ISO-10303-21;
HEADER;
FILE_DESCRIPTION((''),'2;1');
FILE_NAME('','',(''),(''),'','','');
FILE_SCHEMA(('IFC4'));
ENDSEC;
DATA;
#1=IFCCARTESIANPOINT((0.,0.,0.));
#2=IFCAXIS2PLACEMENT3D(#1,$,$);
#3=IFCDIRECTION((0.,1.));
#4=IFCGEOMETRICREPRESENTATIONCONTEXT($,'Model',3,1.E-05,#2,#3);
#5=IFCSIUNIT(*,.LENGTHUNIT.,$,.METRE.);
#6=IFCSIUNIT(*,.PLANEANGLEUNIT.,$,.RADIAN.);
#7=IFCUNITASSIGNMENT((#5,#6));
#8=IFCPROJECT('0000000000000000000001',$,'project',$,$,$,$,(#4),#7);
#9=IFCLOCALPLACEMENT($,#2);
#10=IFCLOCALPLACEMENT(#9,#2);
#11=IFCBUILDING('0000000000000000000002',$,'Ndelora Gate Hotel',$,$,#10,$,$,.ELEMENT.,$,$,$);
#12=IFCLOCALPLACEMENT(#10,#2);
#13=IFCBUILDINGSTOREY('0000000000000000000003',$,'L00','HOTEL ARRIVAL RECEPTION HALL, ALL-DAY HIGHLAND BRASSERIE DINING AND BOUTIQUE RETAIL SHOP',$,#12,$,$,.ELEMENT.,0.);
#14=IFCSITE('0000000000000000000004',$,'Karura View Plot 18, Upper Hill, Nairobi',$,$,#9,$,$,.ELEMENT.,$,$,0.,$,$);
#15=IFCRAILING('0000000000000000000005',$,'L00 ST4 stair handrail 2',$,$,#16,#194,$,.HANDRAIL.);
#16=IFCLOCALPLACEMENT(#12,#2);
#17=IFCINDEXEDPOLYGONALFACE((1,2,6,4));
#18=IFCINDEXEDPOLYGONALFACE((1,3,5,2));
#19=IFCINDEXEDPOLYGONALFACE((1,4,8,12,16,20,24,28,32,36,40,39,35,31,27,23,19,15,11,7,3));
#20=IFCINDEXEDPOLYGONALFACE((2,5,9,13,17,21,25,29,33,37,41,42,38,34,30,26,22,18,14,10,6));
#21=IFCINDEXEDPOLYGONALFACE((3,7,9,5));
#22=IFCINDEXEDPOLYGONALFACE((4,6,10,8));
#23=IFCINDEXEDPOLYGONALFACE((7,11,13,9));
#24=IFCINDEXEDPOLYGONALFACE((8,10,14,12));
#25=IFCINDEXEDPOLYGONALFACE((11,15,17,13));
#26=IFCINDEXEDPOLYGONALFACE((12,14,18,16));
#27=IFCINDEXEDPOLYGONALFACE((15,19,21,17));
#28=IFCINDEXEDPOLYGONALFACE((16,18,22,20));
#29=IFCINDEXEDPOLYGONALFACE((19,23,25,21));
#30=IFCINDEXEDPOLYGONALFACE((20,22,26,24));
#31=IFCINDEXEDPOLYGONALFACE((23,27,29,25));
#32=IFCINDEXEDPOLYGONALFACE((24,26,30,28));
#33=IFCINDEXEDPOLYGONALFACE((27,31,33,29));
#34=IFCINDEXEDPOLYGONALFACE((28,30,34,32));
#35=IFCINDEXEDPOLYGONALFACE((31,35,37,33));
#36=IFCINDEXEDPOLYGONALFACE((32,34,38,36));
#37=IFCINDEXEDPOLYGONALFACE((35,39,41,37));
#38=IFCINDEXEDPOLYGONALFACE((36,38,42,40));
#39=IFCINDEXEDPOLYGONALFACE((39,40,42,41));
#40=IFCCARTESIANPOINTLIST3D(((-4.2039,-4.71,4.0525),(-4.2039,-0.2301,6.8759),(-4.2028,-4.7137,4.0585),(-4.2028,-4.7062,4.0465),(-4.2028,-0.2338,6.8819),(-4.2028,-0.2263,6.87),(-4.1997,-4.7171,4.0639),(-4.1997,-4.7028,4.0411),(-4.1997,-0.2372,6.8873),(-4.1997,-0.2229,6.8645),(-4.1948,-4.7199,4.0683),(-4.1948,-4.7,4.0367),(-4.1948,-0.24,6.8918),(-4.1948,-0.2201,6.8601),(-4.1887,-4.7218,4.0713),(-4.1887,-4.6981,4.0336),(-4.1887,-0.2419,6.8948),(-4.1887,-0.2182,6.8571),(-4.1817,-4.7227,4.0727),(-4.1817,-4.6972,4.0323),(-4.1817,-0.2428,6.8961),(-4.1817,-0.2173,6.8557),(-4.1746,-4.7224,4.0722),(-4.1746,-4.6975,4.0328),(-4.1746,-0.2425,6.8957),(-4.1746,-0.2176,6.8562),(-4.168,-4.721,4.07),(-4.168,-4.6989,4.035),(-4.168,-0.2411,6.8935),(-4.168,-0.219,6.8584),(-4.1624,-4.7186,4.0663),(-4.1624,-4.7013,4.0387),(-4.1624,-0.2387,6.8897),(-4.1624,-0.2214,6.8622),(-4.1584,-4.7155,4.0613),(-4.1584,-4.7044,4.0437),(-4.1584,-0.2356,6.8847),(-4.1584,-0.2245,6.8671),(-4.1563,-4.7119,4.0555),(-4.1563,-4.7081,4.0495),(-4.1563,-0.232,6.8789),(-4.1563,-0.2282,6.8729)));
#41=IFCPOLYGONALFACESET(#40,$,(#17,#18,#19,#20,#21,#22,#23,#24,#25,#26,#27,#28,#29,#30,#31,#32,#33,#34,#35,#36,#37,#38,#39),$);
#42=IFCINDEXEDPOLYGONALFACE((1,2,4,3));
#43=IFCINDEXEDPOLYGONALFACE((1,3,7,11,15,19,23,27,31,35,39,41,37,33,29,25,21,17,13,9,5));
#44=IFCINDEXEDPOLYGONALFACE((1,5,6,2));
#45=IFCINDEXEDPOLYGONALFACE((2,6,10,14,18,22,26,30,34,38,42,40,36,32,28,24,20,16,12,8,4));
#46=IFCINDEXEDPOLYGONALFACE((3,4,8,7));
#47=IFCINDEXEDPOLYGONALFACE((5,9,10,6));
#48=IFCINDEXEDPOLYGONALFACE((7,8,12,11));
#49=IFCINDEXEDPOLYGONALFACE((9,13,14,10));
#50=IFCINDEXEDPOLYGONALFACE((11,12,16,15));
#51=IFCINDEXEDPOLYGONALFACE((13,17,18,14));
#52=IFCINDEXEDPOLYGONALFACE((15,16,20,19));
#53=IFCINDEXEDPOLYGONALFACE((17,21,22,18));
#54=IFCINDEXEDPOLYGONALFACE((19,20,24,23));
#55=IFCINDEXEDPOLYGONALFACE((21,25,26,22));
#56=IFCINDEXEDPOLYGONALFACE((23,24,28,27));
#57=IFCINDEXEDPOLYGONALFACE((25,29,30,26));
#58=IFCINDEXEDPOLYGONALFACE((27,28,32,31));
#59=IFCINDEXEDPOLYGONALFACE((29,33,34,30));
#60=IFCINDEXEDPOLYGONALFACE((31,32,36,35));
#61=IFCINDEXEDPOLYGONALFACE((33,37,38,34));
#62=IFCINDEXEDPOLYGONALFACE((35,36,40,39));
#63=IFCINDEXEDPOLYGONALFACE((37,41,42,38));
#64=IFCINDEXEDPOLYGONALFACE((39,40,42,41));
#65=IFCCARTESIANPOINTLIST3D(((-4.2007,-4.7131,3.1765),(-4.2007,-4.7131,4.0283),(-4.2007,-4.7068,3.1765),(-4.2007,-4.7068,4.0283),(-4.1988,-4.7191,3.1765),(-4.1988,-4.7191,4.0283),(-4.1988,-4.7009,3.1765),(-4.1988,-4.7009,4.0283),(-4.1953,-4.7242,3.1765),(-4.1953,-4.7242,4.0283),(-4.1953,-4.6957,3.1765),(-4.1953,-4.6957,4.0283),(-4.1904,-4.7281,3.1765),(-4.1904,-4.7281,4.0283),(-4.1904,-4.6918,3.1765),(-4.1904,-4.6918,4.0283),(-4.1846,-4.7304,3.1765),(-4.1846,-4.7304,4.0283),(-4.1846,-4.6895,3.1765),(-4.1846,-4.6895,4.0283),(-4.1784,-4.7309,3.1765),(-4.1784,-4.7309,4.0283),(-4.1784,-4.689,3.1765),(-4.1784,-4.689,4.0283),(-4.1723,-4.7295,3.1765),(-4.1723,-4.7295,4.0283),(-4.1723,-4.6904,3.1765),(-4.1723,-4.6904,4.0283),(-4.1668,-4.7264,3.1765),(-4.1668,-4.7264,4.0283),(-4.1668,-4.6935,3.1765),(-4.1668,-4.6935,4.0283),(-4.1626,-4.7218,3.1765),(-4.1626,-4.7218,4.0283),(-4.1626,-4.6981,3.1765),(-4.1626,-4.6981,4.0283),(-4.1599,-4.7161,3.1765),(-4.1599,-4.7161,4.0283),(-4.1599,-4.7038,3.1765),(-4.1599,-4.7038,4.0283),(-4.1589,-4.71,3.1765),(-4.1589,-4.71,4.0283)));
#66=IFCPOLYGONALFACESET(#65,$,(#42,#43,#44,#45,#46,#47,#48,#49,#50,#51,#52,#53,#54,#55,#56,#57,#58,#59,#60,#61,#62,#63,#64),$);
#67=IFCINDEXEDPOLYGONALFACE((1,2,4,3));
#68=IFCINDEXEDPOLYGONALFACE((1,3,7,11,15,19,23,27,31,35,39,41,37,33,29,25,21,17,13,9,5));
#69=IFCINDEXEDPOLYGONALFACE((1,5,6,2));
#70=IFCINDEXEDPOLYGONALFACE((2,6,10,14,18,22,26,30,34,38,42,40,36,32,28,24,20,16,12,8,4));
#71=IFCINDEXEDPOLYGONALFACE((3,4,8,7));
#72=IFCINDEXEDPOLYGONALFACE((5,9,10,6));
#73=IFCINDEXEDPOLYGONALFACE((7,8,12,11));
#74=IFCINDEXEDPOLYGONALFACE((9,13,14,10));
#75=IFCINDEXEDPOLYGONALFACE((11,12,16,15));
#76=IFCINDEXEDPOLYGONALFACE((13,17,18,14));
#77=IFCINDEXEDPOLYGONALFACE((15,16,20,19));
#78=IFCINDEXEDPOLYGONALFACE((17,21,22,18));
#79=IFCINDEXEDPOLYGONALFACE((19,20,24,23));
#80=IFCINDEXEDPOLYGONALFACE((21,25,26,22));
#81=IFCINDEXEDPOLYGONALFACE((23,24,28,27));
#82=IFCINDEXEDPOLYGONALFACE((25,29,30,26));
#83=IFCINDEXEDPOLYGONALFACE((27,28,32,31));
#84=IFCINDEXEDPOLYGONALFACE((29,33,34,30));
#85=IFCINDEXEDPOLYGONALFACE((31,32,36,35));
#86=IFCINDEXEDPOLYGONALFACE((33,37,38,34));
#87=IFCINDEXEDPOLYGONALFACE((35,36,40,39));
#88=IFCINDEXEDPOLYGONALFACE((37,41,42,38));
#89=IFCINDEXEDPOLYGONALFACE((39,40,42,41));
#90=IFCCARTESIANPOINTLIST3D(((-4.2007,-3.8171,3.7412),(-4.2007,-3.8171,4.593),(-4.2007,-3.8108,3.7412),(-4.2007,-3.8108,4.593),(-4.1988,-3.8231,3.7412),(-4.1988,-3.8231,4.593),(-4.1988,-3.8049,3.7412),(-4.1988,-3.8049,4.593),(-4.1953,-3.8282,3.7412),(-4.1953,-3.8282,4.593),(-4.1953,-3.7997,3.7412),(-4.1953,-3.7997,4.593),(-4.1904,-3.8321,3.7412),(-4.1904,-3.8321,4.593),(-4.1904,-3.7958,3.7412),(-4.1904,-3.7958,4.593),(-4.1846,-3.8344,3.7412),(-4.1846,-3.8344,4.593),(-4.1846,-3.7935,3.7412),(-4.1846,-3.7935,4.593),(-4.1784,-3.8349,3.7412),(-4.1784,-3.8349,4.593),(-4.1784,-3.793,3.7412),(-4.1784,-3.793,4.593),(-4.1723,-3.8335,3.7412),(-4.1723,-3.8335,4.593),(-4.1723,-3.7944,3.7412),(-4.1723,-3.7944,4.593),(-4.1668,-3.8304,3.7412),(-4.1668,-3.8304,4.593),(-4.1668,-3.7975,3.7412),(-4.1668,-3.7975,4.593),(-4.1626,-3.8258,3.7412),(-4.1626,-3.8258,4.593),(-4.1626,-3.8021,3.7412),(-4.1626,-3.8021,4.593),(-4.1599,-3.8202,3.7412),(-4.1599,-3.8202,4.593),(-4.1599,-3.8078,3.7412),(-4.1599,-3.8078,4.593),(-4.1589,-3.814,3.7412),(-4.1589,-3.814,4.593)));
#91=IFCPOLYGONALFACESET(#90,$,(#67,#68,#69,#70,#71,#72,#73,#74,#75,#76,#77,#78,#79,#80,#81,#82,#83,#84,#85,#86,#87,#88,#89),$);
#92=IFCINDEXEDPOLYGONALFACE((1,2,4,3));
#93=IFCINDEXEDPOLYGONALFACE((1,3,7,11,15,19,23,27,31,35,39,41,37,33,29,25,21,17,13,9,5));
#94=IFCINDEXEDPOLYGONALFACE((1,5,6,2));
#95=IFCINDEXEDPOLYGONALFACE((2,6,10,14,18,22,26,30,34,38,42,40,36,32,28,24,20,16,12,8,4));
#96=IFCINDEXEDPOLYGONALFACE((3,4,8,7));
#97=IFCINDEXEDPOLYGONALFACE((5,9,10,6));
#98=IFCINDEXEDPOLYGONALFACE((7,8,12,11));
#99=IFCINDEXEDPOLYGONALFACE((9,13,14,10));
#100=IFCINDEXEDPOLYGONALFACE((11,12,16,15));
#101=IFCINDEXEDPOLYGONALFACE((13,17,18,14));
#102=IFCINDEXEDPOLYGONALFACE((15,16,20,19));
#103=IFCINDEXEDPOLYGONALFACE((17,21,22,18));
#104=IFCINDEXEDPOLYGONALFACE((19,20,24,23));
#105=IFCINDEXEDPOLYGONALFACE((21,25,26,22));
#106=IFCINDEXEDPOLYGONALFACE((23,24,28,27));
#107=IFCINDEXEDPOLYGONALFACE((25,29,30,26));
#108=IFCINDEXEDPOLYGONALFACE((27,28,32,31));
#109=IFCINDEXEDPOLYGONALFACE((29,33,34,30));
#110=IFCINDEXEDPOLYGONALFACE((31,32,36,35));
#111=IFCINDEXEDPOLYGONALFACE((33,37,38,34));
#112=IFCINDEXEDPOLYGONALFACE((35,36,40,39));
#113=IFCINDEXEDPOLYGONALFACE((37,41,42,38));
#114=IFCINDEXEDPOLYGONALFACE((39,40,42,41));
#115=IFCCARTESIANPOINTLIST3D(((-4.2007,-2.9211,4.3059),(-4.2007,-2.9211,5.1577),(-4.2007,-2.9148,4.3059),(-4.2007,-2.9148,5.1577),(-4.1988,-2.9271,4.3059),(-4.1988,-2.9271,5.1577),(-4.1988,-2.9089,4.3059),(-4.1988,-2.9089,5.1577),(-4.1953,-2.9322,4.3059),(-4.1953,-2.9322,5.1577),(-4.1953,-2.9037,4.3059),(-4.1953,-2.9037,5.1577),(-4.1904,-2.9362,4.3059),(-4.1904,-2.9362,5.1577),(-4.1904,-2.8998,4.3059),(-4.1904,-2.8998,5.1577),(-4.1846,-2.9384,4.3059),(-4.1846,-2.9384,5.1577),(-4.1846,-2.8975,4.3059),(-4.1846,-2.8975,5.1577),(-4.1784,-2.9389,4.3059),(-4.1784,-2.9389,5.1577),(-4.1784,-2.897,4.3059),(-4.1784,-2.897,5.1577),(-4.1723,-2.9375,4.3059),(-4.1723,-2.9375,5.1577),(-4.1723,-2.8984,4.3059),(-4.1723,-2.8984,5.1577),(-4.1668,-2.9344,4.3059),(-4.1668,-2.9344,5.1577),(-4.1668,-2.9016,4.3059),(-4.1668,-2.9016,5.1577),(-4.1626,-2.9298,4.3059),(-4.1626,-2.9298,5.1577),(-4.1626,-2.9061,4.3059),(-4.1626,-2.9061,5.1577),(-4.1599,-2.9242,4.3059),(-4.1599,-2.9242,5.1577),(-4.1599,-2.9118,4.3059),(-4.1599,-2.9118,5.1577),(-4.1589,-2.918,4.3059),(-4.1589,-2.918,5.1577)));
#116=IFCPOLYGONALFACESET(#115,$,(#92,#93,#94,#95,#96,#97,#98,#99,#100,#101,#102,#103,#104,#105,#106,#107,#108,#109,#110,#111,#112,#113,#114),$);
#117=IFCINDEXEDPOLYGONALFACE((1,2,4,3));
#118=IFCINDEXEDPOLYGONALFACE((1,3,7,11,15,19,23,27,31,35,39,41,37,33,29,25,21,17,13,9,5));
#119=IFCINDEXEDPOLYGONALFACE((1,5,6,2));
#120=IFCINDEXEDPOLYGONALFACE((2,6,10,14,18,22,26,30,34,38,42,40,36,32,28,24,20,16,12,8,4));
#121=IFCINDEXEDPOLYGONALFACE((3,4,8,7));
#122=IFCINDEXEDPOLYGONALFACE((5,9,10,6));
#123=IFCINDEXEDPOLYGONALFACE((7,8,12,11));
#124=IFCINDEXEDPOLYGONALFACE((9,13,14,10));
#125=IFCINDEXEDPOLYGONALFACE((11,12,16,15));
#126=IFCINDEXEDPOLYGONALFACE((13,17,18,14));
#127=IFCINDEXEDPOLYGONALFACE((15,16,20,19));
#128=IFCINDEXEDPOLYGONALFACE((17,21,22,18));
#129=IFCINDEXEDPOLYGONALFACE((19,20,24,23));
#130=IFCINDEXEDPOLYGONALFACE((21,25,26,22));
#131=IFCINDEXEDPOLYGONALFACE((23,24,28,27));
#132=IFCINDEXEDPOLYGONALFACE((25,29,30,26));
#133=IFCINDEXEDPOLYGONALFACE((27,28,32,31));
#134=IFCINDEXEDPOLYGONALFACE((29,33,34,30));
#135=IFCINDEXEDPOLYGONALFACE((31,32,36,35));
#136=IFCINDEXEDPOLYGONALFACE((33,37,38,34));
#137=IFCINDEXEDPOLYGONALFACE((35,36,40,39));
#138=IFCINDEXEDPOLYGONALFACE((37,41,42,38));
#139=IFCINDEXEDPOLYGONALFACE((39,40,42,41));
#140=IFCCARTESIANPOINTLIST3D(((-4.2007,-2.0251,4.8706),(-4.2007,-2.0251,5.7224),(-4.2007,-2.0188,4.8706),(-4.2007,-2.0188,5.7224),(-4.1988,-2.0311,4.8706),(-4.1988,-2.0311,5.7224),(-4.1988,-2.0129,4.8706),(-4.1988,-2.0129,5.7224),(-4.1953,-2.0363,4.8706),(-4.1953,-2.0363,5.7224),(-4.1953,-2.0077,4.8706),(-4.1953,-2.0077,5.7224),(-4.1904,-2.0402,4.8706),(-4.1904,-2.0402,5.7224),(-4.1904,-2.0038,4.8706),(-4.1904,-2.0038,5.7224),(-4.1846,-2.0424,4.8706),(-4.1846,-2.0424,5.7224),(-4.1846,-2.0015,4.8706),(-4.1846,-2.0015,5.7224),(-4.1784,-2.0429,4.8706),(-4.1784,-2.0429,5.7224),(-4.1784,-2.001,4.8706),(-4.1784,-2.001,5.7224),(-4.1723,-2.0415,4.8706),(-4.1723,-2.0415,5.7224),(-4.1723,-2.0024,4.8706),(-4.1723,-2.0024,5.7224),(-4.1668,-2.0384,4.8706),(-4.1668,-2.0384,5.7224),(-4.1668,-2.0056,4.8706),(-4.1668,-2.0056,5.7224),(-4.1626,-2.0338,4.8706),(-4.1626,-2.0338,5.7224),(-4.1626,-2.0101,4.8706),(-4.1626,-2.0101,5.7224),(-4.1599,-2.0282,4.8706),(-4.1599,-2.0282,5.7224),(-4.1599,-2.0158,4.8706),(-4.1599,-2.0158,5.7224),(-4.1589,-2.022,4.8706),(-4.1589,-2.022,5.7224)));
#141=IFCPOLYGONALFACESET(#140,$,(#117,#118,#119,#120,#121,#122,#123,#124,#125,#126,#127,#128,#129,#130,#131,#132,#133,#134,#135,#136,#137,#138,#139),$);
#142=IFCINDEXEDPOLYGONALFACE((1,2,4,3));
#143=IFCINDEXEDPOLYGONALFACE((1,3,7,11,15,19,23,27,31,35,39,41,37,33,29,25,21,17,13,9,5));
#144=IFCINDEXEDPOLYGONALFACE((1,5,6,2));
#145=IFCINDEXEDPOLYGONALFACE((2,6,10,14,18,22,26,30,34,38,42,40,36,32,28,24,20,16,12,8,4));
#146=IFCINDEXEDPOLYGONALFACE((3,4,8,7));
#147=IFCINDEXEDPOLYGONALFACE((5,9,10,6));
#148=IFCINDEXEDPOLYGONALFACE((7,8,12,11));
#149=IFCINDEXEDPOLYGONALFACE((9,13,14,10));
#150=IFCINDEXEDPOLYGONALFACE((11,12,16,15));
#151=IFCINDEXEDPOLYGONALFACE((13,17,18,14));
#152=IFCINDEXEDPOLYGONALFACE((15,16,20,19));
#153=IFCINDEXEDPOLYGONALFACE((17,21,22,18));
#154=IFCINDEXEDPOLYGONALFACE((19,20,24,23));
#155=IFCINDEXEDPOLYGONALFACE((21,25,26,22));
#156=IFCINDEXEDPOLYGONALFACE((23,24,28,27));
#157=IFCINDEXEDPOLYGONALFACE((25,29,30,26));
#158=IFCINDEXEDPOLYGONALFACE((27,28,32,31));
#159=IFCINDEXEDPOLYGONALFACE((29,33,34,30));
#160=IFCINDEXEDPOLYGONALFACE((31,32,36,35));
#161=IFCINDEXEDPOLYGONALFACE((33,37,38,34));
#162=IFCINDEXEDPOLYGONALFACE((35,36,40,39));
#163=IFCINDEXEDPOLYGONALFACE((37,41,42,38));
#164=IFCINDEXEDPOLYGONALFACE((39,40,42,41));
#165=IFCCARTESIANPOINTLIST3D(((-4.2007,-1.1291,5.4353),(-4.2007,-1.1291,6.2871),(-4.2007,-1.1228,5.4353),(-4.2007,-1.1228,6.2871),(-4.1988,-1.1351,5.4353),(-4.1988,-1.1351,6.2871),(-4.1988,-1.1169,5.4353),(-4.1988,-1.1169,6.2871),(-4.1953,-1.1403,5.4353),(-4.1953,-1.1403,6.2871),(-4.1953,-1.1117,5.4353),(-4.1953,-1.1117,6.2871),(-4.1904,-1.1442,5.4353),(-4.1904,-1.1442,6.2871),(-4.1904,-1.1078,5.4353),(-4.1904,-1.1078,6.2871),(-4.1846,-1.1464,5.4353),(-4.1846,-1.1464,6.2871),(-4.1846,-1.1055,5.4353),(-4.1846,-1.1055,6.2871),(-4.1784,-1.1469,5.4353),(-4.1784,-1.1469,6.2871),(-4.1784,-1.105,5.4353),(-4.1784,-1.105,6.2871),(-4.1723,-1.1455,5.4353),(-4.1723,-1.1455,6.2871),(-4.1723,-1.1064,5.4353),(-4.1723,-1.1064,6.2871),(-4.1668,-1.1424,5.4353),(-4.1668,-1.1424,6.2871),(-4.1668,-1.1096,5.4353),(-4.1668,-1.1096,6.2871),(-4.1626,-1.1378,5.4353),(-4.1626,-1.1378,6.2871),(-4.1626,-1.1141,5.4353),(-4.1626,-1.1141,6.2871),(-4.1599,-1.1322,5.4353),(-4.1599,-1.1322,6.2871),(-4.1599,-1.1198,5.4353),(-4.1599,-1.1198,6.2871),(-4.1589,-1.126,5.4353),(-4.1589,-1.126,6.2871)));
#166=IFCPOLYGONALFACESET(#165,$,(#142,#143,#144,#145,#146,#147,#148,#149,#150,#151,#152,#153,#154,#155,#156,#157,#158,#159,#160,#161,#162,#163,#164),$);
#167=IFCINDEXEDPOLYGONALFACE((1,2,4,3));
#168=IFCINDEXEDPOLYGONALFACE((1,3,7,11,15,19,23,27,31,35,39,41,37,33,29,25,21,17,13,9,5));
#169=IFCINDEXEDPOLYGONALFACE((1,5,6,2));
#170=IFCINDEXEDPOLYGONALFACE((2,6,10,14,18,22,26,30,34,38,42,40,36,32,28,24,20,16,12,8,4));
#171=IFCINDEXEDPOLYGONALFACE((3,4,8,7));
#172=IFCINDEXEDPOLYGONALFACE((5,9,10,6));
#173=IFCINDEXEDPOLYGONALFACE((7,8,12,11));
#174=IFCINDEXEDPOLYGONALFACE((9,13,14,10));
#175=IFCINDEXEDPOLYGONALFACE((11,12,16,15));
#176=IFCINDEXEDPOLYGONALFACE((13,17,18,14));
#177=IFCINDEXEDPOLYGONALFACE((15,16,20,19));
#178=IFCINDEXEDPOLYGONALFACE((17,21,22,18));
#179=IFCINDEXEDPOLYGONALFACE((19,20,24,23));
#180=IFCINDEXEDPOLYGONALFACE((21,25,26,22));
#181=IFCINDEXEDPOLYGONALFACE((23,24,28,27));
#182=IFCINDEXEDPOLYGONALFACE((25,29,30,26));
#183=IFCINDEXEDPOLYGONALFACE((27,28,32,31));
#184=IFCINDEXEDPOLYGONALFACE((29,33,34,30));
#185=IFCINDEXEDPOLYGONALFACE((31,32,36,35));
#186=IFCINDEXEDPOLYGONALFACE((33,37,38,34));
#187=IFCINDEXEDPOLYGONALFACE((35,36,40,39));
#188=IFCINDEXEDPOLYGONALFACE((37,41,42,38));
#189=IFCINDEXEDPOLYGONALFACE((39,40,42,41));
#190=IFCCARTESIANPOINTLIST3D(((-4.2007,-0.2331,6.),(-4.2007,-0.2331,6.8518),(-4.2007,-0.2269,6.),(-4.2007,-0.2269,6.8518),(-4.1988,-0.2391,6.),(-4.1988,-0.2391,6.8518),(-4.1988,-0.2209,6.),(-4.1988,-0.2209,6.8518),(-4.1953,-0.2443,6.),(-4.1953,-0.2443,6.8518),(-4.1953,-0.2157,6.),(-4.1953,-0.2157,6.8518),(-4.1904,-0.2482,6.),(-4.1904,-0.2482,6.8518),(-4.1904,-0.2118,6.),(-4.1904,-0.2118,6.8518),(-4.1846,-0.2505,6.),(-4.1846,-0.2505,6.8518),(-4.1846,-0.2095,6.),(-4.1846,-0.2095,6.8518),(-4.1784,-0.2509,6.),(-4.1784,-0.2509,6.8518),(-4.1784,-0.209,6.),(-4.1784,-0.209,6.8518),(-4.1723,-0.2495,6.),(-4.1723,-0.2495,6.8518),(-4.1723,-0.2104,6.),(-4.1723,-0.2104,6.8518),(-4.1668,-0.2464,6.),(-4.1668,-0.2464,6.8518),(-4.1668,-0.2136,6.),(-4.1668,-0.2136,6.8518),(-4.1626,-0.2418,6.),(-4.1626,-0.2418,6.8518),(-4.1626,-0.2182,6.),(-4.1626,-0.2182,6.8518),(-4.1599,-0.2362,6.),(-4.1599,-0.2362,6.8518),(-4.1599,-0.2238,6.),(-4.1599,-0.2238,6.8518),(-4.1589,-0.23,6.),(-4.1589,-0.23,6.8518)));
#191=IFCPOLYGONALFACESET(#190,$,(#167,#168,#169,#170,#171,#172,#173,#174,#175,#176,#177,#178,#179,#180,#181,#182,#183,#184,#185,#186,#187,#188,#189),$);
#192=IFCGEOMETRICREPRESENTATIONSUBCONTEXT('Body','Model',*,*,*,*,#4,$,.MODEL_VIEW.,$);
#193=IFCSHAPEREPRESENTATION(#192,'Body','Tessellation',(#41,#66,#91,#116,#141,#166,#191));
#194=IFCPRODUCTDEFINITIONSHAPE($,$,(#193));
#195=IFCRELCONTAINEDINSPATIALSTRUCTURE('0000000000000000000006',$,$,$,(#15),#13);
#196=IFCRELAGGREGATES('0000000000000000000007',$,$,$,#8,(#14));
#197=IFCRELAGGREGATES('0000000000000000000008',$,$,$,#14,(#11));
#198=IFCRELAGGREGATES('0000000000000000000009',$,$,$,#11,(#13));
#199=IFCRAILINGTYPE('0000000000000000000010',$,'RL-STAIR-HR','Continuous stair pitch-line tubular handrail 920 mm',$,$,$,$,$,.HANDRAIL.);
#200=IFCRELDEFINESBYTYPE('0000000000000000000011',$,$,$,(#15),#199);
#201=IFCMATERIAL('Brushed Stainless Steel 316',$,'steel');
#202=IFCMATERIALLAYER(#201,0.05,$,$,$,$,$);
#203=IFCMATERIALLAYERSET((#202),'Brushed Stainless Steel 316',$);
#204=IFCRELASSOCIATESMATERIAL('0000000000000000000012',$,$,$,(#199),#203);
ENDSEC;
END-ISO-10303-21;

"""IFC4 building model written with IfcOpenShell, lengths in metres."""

from ifc_helpers import new_model, si_unit, direction, frame, origin, origin_2d, place, context, subcontext, project, spatial, circle, extrude, material, layer, layer_set, type_object, element, save


model = new_model("IFC4")

# Units and contexts
model_context = context("Model", 3, precision=1e-05, world=origin(), true_north=direction((0.0, 1.0)))
body_context = subcontext(model_context, "Body", "Model", "MODEL_VIEW")
ifc_project = project(units=[si_unit("LENGTHUNIT", "METRE"), si_unit("PLANEANGLEUNIT", "RADIAN")], contexts=[model_context])

# Site, building, storey
site_placement = place(None, origin())
site = spatial("IfcSite", under=ifc_project, at=site_placement, Name="Karura View Plot 18, Upper Hill, Nairobi", CompositionType="ELEMENT", RefElevation=0.0)
building_placement = place(site_placement, origin())
building = spatial("IfcBuilding", under=site, at=building_placement, Name="Ndelora Gate Hotel", CompositionType="ELEMENT")
storey_placement = place(building_placement, origin())
storey = spatial("IfcBuildingStorey", under=building, at=storey_placement, Name="L00", Description="HOTEL ARRIVAL RECEPTION HALL, ALL-DAY HIGHLAND BRASSERIE DINING AND BOUTIQUE RETAIL SHOP", CompositionType="ELEMENT", Elevation=0.0)

# Railing
ifc_material_1 = material(Name="Brushed Stainless Steel 316", Category="steel")
ifc_layer_1 = layer(ifc_material_1, 0.05)
ifc_layer_set_1 = layer_set([ifc_layer_1], Name="Brushed Stainless Steel 316")
railing_type_1 = type_object("IfcRailingType", Name="RL-STAIR-HR", Description="Continuous stair pitch-line tubular handrail 920 mm", PredefinedType="HANDRAIL", material=ifc_layer_set_1)
railing_1_placement = place(storey_placement, frame((-4.1799, -4.71, 3.1765)))
element("IfcRailing", 1, at=railing_1_placement, inside=storey, type_object=railing_type_1, Name="L00 ST4 stair handrail 2", PredefinedType="HANDRAIL", context=body_context, shape_type="SweptSolid", body=[
    extrude(circle(Radius=0.0239, at=origin_2d()), frame((0.0, 0.0, 0.876), z_axis=(0.0, 0.845998, 0.533186), x_axis=(-1.0, 0.0, 0.0)), (0.0, 0.0, 1.0), 5.2954),
    extrude(circle(Radius=0.021, at=origin_2d()), origin(), (0.0, 0.0, 1.0), 0.8518),
    extrude(circle(Radius=0.021, at=origin_2d()), frame((0.0, 0.896, 0.5647)), (0.0, 0.0, 1.0), 0.8518),
    extrude(circle(Radius=0.021, at=origin_2d()), frame((0.0, 1.792, 1.1294)), (0.0, 0.0, 1.0), 0.8518),
    extrude(circle(Radius=0.021, at=origin_2d()), frame((0.0, 2.688, 1.6941)), (0.0, 0.0, 1.0), 0.8518),
    extrude(circle(Radius=0.021, at=origin_2d()), frame((0.0, 3.584, 2.2588)), (0.0, 0.0, 1.0), 0.8518),
    extrude(circle(Radius=0.021, at=origin_2d()), frame((0.0, 4.48, 2.8235)), (0.0, 0.0, 1.0), 0.8518),
])

save(model, "model.ifc")
